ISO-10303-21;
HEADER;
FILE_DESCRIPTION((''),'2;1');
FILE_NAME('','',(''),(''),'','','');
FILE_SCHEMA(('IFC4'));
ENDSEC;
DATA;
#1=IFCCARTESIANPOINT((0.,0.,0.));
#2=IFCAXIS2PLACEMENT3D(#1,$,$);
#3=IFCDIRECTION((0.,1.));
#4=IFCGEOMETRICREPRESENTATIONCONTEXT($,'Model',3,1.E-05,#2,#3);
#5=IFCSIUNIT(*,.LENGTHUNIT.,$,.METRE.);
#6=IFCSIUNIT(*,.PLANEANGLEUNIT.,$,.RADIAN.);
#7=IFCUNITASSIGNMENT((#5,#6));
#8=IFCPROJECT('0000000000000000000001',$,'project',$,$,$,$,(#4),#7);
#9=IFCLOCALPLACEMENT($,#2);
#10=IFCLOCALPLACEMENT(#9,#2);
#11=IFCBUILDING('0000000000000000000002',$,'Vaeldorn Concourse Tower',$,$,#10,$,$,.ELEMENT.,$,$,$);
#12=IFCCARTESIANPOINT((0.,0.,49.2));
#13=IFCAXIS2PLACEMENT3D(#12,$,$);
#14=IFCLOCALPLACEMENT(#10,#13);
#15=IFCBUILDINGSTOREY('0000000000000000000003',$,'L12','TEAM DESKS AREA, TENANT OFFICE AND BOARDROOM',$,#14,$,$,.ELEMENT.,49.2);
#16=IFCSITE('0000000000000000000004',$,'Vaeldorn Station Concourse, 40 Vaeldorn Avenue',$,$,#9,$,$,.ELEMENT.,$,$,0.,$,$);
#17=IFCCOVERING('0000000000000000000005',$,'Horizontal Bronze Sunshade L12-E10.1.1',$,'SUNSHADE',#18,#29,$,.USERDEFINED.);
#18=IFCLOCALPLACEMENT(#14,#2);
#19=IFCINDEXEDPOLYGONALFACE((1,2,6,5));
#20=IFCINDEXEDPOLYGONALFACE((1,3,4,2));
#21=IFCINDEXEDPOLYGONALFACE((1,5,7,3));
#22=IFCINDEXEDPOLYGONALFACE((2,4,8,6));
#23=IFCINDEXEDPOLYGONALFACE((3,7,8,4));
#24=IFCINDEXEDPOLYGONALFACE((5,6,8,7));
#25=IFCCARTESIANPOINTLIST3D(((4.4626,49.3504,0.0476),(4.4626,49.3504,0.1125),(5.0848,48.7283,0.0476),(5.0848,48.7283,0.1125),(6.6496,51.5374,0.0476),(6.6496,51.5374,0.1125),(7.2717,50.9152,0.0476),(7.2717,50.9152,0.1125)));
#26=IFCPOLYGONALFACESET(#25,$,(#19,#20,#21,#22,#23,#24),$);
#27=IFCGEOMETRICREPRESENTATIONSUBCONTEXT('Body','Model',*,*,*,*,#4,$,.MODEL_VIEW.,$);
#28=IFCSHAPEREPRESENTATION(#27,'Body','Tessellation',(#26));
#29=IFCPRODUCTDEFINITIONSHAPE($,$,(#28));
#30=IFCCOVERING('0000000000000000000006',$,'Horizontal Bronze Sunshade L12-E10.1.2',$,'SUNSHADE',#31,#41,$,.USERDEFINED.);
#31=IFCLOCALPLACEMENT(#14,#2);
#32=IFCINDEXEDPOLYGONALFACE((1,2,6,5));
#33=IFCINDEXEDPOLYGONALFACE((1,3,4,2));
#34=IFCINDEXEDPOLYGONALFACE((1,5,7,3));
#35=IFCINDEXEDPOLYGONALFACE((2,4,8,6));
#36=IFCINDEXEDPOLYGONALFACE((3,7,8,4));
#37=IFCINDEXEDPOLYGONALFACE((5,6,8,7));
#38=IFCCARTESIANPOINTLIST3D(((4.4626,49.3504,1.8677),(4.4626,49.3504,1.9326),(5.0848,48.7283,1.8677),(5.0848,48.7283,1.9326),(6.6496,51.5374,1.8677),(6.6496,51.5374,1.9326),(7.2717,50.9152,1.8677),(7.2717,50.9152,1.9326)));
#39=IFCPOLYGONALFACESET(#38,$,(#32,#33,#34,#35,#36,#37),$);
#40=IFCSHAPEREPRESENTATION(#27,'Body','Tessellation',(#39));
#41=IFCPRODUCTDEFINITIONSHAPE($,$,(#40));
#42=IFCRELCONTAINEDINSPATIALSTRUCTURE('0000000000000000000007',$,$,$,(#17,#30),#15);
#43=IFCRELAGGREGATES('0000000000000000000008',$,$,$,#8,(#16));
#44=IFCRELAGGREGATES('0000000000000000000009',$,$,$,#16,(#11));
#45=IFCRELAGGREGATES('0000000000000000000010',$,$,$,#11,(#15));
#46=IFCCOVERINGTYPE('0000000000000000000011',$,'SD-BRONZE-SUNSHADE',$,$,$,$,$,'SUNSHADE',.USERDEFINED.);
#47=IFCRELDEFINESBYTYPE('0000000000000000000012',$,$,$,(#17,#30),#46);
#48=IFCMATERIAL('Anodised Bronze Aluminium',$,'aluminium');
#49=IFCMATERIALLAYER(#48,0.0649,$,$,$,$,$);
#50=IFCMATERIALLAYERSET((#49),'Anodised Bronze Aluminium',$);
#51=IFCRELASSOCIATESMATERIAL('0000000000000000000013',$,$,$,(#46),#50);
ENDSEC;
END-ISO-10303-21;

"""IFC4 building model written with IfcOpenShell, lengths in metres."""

from ifc_helpers import new_model, si_unit, direction, frame, origin, origin_2d, place, context, subcontext, project, spatial, rectangle, extrude, source, transform, mapped, material, layer, layer_set, type_object, element, save


model = new_model("IFC4")

# Units and contexts
model_context = context("Model", 3, precision=1e-05, world=origin(), true_north=direction((0.0, 1.0)))
body_context = subcontext(model_context, "Body", "Model", "MODEL_VIEW")
ifc_project = project(units=[si_unit("LENGTHUNIT", "METRE"), si_unit("PLANEANGLEUNIT", "RADIAN")], contexts=[model_context])

# Site, building, storey
site_placement = place(None, origin())
site = spatial("IfcSite", under=ifc_project, at=site_placement, Name="Vaeldorn Station Concourse, 40 Vaeldorn Avenue", CompositionType="ELEMENT", RefElevation=0.0)
building_placement = place(site_placement, origin())
building = spatial("IfcBuilding", under=site, at=building_placement, Name="Vaeldorn Concourse Tower", CompositionType="ELEMENT")
storey_placement = place(building_placement, frame((0.0, 0.0, 49.2)))
storey = spatial("IfcBuildingStorey", under=building, at=storey_placement, Name="L12", Description="TEAM DESKS AREA, TENANT OFFICE AND BOARDROOM", CompositionType="ELEMENT", Elevation=49.2)

# Shared definitions
ifc_material_1 = material(Name="Anodised Bronze Aluminium", Category="aluminium")

# Coverings
ifc_layer_1 = layer(ifc_material_1, 0.0649)
ifc_layer_set_1 = layer_set([ifc_layer_1], Name="Anodised Bronze Aluminium")
covering_type = type_object("IfcCoveringType", Name="SD-BRONZE-SUNSHADE", ElementType="SUNSHADE", PredefinedType="USERDEFINED", material=ifc_layer_set_1)
shared_shape_1 = source(origin(), body_context, "Body", "SweptSolid", [
    extrude(rectangle(XDim=3.0928, YDim=0.8799, at=origin_2d()), origin(), (0.0, 0.0, 1.0), 0.0649),
])
for number, where, z_axis, x_axis, name in (
    (1, (5.8672, 50.1328, 0.0476), (0.0, 0.0, 1.0), (-0.707107, -0.707107, 0.0), "Horizontal Bronze Sunshade L12-E10.1.1"),
    (2, (5.8672, 50.1328, 1.8677), (0.0, 0.0, 1.0), (-0.707107, -0.707107, 0.0), "Horizontal Bronze Sunshade L12-E10.1.2"),
):
    element("IfcCovering", number, at=place(storey_placement, frame(where, z_axis=z_axis, x_axis=x_axis)), inside=storey, type_object=covering_type, Name=name, ObjectType="SUNSHADE", PredefinedType="USERDEFINED", context=body_context, shape_type="MappedRepresentation", body=[
        mapped(shared_shape_1, transform((0.0, 0.0, 0.0), scale=1.0)),
    ])

save(model, "model.ifc")
